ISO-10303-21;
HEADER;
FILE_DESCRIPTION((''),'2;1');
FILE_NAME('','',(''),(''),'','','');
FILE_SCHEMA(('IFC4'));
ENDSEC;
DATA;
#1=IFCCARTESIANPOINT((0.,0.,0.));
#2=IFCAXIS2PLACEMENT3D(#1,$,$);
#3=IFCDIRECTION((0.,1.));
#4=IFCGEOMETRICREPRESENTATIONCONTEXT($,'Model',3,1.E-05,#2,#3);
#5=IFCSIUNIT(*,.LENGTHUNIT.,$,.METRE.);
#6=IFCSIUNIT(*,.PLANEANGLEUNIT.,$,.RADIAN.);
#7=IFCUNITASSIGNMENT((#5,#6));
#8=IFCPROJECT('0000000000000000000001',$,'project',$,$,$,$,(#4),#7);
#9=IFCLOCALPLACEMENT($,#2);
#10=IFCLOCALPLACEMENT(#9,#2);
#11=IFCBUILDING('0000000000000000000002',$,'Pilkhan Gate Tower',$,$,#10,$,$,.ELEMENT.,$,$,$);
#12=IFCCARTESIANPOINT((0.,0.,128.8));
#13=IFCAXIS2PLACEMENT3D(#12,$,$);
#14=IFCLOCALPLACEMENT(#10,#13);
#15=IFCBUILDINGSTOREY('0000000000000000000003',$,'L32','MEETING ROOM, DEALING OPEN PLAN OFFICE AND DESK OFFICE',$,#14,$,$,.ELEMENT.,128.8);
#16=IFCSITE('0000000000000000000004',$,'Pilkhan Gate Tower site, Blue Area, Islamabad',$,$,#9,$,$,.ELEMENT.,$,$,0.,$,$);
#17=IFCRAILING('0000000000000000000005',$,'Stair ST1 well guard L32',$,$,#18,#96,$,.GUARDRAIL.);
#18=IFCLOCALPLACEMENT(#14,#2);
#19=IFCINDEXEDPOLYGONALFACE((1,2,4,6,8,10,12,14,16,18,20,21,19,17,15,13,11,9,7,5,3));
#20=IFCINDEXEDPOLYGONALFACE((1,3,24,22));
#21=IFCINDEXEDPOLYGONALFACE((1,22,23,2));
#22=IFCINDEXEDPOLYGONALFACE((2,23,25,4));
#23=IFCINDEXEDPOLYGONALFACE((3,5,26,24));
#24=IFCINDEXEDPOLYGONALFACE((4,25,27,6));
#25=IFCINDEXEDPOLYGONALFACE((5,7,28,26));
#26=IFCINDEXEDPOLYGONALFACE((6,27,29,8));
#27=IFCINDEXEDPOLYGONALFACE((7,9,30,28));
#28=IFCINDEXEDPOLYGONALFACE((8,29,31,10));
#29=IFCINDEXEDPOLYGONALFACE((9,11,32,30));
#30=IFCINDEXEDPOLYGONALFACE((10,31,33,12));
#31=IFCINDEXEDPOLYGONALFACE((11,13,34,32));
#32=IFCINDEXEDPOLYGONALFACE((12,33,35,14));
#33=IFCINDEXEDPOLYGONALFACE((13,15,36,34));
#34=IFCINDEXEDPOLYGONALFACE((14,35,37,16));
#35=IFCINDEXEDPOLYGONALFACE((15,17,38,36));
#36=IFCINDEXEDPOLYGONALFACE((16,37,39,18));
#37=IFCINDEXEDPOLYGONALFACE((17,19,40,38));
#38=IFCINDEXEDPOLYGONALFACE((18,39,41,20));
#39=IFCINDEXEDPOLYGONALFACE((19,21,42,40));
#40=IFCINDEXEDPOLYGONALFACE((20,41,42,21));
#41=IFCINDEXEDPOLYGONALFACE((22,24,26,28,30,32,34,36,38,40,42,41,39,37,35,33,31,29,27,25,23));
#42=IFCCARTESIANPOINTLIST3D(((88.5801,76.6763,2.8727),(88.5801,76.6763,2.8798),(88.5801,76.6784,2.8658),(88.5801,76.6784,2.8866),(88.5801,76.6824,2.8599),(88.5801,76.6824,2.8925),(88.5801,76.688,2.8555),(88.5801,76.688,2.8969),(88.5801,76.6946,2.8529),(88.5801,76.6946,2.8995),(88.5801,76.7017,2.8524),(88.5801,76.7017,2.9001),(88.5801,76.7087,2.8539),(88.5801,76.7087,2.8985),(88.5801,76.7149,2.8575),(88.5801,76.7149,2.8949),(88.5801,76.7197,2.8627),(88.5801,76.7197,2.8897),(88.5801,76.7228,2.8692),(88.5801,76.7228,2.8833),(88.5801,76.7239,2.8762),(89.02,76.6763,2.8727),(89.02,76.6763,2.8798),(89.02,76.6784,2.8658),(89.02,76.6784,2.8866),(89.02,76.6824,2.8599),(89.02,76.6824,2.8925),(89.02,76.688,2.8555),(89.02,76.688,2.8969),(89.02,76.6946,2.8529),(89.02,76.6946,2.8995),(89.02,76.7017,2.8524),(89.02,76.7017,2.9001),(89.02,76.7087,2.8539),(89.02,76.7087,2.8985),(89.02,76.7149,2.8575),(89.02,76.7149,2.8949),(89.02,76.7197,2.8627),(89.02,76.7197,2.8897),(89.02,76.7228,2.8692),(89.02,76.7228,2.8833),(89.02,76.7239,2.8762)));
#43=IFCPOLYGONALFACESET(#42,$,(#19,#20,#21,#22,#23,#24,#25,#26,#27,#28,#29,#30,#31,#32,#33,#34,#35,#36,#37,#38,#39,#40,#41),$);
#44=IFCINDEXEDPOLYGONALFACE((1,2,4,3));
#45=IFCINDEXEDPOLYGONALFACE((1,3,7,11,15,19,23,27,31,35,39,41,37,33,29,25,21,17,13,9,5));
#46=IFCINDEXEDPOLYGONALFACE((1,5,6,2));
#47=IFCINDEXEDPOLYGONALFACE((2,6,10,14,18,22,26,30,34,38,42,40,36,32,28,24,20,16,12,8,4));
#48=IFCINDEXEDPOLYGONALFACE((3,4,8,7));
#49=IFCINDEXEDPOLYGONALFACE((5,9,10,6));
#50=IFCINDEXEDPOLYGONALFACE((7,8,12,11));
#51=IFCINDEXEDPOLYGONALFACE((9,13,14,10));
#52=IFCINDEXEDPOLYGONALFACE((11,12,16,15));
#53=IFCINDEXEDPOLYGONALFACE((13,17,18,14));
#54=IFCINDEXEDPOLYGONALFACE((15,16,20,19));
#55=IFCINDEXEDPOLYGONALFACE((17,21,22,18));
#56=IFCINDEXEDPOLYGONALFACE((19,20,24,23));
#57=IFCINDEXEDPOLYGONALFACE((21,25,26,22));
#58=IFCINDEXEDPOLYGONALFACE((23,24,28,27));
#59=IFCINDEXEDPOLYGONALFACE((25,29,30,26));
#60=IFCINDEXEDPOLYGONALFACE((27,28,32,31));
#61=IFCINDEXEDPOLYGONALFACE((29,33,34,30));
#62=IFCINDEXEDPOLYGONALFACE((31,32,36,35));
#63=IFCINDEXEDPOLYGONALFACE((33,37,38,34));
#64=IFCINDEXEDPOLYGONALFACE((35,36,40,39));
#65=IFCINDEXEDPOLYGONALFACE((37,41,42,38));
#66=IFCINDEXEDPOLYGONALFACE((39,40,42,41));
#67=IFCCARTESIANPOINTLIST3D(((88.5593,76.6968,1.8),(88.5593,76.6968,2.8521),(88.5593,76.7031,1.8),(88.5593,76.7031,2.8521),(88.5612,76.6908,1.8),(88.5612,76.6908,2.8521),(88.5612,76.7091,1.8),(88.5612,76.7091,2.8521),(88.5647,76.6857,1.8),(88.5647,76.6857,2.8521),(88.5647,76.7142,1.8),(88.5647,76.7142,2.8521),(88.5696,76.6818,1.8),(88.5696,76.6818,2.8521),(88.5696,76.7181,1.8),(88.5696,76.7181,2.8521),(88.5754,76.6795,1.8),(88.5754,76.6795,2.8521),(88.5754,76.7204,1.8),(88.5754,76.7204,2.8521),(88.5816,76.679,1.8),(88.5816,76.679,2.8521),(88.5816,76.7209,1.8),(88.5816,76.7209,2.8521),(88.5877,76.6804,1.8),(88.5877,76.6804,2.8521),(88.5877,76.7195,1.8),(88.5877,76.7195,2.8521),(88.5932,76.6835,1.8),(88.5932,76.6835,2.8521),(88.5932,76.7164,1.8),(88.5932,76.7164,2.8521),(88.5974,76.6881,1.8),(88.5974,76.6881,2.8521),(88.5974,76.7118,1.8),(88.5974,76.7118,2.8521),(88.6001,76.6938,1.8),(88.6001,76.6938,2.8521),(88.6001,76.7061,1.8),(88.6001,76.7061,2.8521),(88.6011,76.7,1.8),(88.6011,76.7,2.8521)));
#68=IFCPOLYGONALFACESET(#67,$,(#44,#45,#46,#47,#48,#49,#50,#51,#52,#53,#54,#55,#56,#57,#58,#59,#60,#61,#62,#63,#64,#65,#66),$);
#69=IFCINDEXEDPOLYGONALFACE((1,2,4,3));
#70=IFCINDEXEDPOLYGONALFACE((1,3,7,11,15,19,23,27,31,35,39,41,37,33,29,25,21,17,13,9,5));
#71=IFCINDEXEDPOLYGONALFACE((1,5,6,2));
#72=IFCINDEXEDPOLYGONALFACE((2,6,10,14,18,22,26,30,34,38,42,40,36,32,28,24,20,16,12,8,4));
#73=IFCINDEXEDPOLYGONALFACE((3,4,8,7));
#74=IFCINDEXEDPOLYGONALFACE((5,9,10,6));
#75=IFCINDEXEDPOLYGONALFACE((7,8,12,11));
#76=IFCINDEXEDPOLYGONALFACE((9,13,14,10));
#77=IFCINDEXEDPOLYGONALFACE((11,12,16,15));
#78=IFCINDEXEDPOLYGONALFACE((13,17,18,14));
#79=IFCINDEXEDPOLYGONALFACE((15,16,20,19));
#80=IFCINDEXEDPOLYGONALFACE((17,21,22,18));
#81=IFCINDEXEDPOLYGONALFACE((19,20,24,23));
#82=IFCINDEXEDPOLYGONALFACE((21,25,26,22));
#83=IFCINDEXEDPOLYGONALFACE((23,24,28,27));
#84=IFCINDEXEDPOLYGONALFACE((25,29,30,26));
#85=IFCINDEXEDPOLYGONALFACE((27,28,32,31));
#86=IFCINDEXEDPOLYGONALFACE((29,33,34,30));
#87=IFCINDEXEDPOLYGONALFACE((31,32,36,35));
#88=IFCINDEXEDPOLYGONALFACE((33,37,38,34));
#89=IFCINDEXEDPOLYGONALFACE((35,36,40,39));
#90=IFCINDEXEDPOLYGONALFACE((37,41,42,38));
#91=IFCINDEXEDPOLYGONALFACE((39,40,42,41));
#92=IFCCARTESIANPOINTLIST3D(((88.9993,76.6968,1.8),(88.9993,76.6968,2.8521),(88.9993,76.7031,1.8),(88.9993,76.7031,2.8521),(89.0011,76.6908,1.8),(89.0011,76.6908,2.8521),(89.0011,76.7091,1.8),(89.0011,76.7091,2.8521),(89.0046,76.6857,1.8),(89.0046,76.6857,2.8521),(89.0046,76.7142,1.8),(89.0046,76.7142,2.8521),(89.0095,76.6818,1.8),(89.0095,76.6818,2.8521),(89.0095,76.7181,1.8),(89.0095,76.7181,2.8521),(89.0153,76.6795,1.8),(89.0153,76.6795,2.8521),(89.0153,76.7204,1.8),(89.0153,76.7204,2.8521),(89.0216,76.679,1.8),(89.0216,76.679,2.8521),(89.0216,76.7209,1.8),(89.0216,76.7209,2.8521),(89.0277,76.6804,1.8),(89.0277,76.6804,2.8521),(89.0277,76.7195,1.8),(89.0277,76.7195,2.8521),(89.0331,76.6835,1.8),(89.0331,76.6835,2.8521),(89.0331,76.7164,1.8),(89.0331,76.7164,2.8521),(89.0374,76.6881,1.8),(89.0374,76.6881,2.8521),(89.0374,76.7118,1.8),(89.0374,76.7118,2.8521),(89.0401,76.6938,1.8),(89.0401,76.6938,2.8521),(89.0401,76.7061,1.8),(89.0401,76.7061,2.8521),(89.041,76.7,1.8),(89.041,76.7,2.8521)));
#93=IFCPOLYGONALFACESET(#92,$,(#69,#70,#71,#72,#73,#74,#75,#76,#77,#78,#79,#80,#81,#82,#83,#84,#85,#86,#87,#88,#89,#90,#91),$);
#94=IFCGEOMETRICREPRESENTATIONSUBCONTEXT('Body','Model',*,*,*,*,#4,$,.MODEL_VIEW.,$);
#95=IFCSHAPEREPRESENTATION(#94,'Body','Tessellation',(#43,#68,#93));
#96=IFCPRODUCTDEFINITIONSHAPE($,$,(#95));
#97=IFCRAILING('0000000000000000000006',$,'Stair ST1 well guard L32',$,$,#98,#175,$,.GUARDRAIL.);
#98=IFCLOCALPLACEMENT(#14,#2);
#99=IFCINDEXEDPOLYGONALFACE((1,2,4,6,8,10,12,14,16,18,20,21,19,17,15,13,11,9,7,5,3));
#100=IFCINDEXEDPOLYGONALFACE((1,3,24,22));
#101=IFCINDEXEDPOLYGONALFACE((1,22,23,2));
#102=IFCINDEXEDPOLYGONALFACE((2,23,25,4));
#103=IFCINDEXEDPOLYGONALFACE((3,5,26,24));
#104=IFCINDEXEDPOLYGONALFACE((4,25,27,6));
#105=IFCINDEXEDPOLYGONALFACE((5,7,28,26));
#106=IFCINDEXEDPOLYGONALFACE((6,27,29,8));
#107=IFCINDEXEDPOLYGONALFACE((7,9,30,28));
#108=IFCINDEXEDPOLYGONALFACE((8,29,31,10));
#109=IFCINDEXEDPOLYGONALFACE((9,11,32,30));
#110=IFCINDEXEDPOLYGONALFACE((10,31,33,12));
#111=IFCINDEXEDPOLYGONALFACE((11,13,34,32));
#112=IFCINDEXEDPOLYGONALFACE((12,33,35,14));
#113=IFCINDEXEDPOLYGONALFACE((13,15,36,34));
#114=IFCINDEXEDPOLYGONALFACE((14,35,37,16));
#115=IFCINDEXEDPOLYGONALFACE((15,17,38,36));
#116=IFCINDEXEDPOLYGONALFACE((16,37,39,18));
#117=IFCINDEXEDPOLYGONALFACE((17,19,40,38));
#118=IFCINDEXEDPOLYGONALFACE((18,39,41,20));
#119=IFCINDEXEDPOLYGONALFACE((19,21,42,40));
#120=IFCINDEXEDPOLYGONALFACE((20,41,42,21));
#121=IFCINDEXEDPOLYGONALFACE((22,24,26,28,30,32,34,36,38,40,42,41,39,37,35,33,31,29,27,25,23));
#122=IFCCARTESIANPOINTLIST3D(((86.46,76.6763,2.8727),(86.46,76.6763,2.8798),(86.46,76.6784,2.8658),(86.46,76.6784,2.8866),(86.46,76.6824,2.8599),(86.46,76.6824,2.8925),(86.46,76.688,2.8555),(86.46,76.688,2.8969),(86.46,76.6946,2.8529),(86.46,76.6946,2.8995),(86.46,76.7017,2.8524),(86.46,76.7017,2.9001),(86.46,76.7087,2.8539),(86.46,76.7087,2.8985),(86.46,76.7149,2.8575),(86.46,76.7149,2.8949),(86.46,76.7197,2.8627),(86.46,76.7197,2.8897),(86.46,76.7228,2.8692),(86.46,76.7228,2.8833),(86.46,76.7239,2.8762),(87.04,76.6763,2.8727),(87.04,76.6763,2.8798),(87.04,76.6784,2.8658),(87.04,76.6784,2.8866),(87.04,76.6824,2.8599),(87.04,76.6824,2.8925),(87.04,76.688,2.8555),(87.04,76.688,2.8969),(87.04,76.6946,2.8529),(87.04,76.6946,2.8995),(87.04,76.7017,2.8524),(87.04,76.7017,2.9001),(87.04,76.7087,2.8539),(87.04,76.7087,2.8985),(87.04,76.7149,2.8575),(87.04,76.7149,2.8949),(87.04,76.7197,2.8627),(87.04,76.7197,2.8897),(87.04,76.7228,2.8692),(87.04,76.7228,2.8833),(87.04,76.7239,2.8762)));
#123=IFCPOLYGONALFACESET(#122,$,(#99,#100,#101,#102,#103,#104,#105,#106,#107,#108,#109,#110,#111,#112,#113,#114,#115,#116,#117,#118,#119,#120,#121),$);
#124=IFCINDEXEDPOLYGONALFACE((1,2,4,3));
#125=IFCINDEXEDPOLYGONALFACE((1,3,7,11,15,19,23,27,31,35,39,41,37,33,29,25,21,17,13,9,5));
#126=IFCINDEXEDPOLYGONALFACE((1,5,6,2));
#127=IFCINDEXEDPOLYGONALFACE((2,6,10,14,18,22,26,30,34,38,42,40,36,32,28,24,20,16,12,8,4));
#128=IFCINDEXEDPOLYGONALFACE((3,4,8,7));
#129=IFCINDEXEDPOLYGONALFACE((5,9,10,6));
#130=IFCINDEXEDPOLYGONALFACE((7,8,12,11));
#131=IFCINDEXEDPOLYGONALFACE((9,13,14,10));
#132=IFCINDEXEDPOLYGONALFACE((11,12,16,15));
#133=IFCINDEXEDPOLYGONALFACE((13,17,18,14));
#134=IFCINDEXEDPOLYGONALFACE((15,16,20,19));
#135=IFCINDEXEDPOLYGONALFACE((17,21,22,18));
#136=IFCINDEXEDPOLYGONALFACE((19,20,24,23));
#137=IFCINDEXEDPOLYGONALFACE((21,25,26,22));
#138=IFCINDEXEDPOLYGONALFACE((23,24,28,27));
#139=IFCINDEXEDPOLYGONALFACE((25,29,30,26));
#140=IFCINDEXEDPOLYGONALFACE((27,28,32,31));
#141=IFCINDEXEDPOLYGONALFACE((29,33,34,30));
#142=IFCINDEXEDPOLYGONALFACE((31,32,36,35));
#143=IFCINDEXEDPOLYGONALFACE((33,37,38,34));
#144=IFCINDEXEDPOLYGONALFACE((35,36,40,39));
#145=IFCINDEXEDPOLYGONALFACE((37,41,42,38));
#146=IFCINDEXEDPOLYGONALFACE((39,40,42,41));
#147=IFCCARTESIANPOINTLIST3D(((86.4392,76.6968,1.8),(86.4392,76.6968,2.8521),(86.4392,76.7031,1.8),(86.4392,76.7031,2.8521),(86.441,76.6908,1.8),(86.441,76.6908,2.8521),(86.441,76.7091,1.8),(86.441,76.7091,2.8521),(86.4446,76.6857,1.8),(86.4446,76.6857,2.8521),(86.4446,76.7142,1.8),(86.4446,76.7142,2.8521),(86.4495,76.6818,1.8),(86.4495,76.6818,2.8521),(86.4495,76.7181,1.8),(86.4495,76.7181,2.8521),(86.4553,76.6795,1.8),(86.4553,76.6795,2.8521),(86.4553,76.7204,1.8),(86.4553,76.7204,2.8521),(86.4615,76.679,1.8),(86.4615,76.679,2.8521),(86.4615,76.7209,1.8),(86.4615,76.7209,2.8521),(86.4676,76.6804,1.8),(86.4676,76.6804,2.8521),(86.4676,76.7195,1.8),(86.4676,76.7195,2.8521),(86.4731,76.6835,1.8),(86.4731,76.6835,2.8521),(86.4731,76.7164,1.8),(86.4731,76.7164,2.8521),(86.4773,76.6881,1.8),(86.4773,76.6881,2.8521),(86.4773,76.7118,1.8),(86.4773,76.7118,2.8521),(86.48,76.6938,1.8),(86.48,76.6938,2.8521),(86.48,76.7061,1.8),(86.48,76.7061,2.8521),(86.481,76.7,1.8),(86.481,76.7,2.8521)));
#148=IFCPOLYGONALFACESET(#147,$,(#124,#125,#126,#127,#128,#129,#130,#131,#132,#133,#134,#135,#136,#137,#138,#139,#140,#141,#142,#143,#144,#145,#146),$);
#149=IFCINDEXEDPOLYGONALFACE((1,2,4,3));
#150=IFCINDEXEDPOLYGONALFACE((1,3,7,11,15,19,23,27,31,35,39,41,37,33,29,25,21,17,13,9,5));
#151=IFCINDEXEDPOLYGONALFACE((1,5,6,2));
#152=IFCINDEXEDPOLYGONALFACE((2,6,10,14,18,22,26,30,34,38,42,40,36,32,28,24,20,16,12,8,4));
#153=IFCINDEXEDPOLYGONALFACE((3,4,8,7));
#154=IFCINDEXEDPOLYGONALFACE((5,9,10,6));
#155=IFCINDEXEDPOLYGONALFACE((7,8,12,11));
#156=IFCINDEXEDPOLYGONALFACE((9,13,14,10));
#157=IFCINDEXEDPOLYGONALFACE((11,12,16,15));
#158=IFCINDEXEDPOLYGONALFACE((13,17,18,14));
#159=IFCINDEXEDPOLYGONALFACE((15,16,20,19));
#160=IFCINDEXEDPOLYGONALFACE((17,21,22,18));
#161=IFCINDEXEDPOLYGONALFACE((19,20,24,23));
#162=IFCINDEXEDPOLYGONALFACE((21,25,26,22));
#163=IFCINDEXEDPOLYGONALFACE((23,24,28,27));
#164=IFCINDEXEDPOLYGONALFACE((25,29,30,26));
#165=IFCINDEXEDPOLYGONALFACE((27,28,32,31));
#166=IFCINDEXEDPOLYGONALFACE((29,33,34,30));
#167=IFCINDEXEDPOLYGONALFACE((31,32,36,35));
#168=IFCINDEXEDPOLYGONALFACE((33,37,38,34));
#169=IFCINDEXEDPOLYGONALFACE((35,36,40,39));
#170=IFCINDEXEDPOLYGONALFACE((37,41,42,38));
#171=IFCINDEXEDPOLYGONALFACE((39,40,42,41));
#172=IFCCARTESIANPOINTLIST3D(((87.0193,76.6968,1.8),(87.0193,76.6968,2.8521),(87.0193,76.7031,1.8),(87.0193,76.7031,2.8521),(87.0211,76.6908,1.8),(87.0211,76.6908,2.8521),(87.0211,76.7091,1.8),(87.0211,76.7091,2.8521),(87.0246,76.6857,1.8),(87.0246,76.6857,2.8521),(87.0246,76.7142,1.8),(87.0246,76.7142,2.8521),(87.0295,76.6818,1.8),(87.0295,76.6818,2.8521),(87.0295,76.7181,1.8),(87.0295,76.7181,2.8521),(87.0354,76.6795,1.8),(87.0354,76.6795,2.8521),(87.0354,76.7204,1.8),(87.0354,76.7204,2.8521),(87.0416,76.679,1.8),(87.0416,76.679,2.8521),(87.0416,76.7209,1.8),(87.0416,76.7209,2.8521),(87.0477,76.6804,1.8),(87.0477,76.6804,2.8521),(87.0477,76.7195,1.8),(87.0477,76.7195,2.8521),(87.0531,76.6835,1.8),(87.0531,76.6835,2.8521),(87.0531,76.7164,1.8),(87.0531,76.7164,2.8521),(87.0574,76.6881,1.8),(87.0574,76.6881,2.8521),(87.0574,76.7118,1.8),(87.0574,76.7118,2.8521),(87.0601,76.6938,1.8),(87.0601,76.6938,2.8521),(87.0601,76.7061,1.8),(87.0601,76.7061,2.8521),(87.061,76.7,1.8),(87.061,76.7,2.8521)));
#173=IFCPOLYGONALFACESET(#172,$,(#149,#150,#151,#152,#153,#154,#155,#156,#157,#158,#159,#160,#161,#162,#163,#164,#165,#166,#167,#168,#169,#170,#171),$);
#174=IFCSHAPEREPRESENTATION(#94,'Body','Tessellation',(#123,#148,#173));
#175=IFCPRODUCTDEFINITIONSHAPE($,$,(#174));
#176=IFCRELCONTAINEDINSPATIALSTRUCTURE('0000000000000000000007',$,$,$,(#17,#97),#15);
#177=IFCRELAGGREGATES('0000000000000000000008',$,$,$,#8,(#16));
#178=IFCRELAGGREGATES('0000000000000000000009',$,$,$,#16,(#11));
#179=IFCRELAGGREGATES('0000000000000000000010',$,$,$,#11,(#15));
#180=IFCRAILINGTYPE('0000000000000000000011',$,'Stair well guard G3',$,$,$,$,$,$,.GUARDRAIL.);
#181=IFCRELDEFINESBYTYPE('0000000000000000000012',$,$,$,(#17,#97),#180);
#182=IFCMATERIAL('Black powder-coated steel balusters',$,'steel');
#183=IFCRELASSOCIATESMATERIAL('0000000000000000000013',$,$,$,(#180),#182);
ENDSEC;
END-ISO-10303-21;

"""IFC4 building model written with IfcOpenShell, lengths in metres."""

from ifc_helpers import new_model, si_unit, direction, frame, origin, origin_2d, place, context, subcontext, project, spatial, circle, extrude, material, type_object, element, save


model = new_model("IFC4")

# Units and contexts
model_context = context("Model", 3, precision=1e-05, world=origin(), true_north=direction((0.0, 1.0)))
body_context = subcontext(model_context, "Body", "Model", "MODEL_VIEW")
ifc_project = project(units=[si_unit("LENGTHUNIT", "METRE"), si_unit("PLANEANGLEUNIT", "RADIAN")], contexts=[model_context])

# Site, building, storey
site_placement = place(None, origin())
site = spatial("IfcSite", under=ifc_project, at=site_placement, Name="Pilkhan Gate Tower site, Blue Area, Islamabad", CompositionType="ELEMENT", RefElevation=0.0)
building_placement = place(site_placement, origin())
building = spatial("IfcBuilding", under=site, at=building_placement, Name="Pilkhan Gate Tower", CompositionType="ELEMENT")
storey_placement = place(building_placement, frame((0.0, 0.0, 128.8)))
storey = spatial("IfcBuildingStorey", under=building, at=storey_placement, Name="L32", Description="MEETING ROOM, DEALING OPEN PLAN OFFICE AND DESK OFFICE", CompositionType="ELEMENT", Elevation=128.8)

# Railings
ifc_material_1 = material(Name="Black powder-coated steel balusters", Category="steel")
railing_type_1 = type_object("IfcRailingType", Name="Stair well guard G3", PredefinedType="GUARDRAIL", material=ifc_material_1)
railing_1_placement = place(storey_placement, frame((88.5801, 76.7, 1.8)))
element("IfcRailing", 1, at=railing_1_placement, inside=storey, type_object=railing_type_1, Name="Stair ST1 well guard L32", PredefinedType="GUARDRAIL", context=body_context, shape_type="SweptSolid", body=[
    extrude(circle(Radius=0.0239, at=origin_2d()), frame((0.0, 0.0, 1.0762), z_axis=(1.0, 0.0, 0.0), x_axis=(0.0, 1.0, 0.0)), (0.0, 0.0, 1.0), 0.4399),
    extrude(circle(Radius=0.021, at=origin_2d()), origin(), (0.0, 0.0, 1.0), 1.052),
    extrude(circle(Radius=0.021, at=origin_2d()), frame((0.4399, 0.0, 0.0)), (0.0, 0.0, 1.0), 1.052),
])
railing_2_placement = place(storey_placement, frame((86.46, 76.7, 1.8)))
element("IfcRailing", 2, at=railing_2_placement, inside=storey, type_object=railing_type_1, Name="Stair ST1 well guard L32", PredefinedType="GUARDRAIL", context=body_context, shape_type="SweptSolid", body=[
    extrude(circle(Radius=0.0239, at=origin_2d()), frame((0.0, 0.0, 1.0762), z_axis=(1.0, 0.0, 0.0), x_axis=(0.0, 1.0, 0.0)), (0.0, 0.0, 1.0), 0.5801),
    extrude(circle(Radius=0.021, at=origin_2d()), origin(), (0.0, 0.0, 1.0), 1.052),
    extrude(circle(Radius=0.021, at=origin_2d()), frame((0.5801, 0.0, 0.0)), (0.0, 0.0, 1.0), 1.052),
])

save(model, "model.ifc")
